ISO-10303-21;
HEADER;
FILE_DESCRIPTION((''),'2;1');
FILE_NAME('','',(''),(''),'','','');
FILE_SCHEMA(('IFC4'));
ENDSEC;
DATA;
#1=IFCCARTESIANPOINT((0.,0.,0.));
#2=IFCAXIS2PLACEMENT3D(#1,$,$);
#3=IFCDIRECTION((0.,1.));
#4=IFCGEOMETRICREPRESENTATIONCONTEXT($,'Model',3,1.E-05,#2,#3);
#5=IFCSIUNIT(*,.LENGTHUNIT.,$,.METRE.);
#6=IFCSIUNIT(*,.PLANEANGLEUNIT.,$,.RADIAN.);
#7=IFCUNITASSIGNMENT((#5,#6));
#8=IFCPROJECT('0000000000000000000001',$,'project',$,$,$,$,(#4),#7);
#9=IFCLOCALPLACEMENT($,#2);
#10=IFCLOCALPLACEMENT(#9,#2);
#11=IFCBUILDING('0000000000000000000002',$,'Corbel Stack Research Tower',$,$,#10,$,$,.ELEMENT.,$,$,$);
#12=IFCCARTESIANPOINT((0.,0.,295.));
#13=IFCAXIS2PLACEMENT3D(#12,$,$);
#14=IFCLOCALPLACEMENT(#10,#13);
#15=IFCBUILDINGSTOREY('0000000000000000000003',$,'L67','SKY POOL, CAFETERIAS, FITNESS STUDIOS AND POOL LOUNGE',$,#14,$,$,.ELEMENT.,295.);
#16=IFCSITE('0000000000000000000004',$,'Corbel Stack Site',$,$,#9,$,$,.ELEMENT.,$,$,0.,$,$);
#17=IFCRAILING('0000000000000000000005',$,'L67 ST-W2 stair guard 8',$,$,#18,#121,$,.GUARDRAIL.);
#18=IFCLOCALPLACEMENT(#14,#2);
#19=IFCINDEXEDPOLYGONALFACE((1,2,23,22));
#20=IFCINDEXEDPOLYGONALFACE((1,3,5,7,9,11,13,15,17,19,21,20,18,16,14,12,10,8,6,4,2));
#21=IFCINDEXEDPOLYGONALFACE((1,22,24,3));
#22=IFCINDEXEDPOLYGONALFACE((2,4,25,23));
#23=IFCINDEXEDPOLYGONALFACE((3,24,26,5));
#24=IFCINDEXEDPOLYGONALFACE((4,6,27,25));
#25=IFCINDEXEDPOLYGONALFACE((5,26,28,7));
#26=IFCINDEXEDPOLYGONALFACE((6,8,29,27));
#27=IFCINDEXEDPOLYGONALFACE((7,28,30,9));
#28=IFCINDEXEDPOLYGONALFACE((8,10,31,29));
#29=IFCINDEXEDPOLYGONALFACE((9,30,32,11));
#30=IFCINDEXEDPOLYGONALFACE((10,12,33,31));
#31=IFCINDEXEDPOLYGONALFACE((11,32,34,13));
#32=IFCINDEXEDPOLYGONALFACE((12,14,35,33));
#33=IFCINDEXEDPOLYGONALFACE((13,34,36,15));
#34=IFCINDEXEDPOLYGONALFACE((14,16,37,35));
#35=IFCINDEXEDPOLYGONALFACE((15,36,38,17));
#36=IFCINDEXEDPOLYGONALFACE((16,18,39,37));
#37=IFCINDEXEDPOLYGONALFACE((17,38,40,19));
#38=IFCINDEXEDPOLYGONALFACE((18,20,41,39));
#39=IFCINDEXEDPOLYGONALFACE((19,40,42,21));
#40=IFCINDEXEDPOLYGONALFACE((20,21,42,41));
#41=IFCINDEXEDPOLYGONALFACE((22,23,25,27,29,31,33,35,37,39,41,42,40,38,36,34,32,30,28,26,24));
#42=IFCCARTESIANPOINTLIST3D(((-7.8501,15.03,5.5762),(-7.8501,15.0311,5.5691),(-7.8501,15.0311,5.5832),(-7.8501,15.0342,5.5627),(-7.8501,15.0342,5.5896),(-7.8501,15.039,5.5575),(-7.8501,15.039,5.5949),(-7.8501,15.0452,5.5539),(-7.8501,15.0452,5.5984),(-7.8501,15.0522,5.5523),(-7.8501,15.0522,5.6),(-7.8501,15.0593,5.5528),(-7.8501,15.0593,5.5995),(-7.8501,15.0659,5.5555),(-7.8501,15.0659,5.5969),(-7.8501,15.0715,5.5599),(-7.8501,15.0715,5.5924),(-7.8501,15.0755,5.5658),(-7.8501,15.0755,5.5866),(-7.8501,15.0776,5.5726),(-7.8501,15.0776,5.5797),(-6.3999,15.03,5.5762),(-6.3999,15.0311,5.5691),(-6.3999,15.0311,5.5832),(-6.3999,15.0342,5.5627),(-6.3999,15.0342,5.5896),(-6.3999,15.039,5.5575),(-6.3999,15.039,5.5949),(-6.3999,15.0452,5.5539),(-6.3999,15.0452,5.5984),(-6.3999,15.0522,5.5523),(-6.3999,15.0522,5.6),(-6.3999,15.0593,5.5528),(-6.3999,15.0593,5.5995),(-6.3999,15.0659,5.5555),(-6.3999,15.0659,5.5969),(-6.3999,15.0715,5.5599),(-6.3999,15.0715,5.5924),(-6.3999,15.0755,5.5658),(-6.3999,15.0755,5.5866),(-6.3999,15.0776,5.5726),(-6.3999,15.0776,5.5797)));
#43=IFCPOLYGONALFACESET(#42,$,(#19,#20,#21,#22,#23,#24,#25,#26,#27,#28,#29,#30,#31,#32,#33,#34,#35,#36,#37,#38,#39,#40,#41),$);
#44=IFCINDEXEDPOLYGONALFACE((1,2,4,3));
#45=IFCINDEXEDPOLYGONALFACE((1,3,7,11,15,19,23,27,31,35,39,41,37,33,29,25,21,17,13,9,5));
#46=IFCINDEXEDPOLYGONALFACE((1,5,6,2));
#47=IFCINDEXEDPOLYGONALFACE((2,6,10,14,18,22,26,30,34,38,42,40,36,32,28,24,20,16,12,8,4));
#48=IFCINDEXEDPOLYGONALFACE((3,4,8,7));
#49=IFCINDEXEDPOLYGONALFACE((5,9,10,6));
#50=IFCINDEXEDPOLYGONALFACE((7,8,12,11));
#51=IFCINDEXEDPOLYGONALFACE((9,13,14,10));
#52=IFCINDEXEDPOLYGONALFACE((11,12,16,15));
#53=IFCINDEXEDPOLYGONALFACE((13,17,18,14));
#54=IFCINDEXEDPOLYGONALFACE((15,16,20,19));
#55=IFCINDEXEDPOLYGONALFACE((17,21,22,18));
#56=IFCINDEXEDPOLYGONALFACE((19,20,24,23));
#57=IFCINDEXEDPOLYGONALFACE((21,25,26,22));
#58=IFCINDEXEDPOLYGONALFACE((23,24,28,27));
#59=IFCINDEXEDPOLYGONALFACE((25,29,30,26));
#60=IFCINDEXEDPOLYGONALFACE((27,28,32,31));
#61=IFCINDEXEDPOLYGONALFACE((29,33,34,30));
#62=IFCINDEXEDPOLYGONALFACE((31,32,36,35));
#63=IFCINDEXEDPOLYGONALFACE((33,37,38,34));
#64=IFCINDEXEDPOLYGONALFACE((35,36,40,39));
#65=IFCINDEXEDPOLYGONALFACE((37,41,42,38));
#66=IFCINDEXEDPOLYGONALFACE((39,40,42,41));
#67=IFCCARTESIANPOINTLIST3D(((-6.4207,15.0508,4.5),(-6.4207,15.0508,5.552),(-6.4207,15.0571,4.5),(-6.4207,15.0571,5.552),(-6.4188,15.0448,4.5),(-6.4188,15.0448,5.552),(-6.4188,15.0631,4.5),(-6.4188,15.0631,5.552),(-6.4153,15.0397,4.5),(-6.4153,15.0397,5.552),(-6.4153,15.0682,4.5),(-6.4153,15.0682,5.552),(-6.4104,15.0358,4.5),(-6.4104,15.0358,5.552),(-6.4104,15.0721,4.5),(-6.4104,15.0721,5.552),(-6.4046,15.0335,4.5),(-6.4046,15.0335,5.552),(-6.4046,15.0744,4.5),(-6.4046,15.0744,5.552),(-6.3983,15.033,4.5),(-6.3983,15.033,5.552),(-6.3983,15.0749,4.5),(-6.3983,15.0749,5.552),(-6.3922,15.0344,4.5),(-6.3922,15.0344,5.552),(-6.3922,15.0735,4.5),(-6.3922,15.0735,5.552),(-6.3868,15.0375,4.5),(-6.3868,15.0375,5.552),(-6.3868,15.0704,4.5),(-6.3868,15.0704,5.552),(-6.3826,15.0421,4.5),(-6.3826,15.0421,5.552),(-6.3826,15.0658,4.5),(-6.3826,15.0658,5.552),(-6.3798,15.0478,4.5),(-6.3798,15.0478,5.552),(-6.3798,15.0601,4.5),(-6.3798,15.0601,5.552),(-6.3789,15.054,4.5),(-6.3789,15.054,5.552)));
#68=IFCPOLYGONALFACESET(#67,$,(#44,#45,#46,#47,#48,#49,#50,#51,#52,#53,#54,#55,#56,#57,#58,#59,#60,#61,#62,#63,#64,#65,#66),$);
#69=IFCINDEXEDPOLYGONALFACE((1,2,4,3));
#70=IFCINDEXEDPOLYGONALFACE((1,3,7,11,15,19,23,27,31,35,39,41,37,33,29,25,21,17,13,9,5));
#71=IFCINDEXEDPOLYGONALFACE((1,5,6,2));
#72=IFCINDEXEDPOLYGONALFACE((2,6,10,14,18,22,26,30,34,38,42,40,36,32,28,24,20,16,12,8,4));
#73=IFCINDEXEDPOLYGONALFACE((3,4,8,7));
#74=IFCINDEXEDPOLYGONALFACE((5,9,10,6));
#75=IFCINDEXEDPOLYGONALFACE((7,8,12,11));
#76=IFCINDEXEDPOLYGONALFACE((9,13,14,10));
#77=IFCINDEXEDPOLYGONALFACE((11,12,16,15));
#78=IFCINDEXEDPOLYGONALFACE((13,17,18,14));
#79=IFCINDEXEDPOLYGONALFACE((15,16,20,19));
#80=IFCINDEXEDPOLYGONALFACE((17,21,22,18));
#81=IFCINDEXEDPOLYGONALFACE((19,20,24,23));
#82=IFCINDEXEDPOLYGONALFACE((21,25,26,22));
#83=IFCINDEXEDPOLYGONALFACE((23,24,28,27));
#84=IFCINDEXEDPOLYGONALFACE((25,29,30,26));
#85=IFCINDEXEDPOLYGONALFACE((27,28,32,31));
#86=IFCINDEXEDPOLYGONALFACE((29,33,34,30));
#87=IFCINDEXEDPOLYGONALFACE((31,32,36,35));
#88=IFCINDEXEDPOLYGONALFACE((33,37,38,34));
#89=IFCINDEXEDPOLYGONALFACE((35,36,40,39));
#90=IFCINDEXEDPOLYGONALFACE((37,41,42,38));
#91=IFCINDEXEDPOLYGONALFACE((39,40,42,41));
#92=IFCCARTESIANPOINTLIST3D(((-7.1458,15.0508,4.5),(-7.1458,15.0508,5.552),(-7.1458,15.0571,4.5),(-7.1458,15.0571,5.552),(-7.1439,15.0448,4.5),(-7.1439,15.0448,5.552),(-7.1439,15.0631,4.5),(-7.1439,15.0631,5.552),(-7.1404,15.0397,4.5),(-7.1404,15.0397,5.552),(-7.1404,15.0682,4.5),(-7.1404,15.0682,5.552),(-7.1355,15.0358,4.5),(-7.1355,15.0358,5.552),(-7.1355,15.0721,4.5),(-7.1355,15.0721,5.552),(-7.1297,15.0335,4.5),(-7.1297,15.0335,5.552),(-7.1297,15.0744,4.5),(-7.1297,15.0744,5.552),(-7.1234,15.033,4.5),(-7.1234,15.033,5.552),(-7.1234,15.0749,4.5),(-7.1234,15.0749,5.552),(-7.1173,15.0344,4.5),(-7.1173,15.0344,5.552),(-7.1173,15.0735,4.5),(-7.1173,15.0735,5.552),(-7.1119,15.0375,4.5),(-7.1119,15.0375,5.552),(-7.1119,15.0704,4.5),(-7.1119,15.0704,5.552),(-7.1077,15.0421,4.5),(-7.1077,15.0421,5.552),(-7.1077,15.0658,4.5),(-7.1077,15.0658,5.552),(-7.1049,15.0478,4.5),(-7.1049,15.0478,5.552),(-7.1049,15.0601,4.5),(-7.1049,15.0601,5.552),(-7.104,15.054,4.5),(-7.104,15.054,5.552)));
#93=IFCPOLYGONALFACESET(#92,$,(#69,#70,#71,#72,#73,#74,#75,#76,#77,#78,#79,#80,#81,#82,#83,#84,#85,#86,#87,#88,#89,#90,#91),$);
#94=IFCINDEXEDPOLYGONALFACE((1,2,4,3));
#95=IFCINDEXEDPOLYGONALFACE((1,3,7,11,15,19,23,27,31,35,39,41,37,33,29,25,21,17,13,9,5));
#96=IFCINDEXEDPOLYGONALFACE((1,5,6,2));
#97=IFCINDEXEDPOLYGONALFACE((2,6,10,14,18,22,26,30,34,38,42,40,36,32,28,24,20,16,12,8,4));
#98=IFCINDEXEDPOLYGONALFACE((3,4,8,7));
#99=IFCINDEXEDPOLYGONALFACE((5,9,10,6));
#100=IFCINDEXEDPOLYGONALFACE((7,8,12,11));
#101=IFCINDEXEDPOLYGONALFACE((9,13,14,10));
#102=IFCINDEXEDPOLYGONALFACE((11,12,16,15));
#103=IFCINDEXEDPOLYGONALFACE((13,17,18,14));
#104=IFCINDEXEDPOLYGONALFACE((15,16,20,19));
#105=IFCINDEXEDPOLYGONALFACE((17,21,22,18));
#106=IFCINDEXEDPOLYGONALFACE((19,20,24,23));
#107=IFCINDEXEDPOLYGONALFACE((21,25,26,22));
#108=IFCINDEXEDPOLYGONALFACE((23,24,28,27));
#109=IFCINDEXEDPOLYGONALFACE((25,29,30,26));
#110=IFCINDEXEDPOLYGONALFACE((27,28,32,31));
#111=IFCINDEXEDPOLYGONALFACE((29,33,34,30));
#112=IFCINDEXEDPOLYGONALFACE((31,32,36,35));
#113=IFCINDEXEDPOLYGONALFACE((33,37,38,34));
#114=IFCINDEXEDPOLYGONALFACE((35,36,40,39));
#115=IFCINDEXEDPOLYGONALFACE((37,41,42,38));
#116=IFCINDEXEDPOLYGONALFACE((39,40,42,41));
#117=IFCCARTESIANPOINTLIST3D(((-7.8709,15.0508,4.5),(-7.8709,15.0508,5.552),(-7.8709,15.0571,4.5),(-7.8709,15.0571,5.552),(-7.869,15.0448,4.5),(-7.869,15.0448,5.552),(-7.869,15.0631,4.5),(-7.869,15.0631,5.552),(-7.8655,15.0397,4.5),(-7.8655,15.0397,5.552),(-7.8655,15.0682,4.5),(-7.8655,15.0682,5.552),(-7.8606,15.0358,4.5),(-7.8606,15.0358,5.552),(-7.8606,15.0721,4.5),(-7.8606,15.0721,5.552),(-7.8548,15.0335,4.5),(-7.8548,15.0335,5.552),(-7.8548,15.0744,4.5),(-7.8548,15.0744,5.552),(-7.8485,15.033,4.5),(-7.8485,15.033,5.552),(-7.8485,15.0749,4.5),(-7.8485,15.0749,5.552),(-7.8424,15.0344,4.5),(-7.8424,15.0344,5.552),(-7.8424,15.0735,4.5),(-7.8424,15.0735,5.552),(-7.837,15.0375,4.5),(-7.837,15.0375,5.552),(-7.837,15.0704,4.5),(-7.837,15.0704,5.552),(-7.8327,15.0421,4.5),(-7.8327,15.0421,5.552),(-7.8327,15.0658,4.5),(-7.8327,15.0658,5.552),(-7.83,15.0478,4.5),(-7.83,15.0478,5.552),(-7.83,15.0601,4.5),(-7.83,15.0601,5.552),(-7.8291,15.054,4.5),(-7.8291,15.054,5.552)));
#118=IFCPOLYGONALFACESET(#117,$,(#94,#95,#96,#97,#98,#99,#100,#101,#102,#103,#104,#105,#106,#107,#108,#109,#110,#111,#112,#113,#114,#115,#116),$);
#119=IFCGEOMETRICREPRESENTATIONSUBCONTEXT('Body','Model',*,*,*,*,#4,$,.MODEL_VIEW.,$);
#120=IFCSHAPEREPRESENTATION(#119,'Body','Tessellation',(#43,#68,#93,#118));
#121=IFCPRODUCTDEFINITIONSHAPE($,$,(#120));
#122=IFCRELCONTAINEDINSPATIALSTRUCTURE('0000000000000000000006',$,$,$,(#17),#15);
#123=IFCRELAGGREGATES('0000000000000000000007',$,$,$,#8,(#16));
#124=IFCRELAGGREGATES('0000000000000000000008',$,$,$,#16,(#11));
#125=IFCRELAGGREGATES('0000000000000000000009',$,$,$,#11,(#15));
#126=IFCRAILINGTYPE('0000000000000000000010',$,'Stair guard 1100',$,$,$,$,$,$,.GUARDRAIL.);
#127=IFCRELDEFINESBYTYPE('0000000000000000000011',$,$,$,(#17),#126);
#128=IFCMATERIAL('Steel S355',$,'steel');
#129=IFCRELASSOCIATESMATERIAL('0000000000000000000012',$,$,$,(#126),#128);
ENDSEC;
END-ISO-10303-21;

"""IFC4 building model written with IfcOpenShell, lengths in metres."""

from ifc_helpers import new_model, si_unit, direction, frame, origin, origin_2d, place, context, subcontext, project, spatial, circle, extrude, material, type_object, element, save


model = new_model("IFC4")

# Units and contexts
model_context = context("Model", 3, precision=1e-05, world=origin(), true_north=direction((0.0, 1.0)))
body_context = subcontext(model_context, "Body", "Model", "MODEL_VIEW")
ifc_project = project(units=[si_unit("LENGTHUNIT", "METRE"), si_unit("PLANEANGLEUNIT", "RADIAN")], contexts=[model_context])

# Site, building, storey
site_placement = place(None, origin())
site = spatial("IfcSite", under=ifc_project, at=site_placement, Name="Corbel Stack Site", CompositionType="ELEMENT", RefElevation=0.0)
building_placement = place(site_placement, origin())
building = spatial("IfcBuilding", under=site, at=building_placement, Name="Corbel Stack Research Tower", CompositionType="ELEMENT")
storey_placement = place(building_placement, frame((0.0, 0.0, 295.0)))
storey = spatial("IfcBuildingStorey", under=building, at=storey_placement, Name="L67", Description="SKY POOL, CAFETERIAS, FITNESS STUDIOS AND POOL LOUNGE", CompositionType="ELEMENT", Elevation=295.0)

# Railing
ifc_material_1 = material(Name="Steel S355", Category="steel")
railing_type_1 = type_object("IfcRailingType", Name="Stair guard 1100", PredefinedType="GUARDRAIL", material=ifc_material_1)
railing_1_placement = place(storey_placement, frame((-6.3999, 15.054, 4.5)))
element("IfcRailing", 1, at=railing_1_placement, inside=storey, type_object=railing_type_1, Name="L67 ST-W2 stair guard 8", PredefinedType="GUARDRAIL", context=body_context, shape_type="SweptSolid", body=[
    extrude(circle(Radius=0.0239, at=origin_2d()), frame((0.0, 0.0, 1.0762), z_axis=(-1.0, 0.0, 0.0), x_axis=(0.0, -1.0, 0.0)), (0.0, 0.0, 1.0), 1.4502),
    extrude(circle(Radius=0.021, at=origin_2d()), origin(), (0.0, 0.0, 1.0), 1.052),
    extrude(circle(Radius=0.021, at=origin_2d()), frame((-0.7251, 0.0, 0.0)), (0.0, 0.0, 1.0), 1.052),
    extrude(circle(Radius=0.021, at=origin_2d()), frame((-1.4502, 0.0, 0.0)), (0.0, 0.0, 1.0), 1.052),
])

save(model, "model.ifc")
